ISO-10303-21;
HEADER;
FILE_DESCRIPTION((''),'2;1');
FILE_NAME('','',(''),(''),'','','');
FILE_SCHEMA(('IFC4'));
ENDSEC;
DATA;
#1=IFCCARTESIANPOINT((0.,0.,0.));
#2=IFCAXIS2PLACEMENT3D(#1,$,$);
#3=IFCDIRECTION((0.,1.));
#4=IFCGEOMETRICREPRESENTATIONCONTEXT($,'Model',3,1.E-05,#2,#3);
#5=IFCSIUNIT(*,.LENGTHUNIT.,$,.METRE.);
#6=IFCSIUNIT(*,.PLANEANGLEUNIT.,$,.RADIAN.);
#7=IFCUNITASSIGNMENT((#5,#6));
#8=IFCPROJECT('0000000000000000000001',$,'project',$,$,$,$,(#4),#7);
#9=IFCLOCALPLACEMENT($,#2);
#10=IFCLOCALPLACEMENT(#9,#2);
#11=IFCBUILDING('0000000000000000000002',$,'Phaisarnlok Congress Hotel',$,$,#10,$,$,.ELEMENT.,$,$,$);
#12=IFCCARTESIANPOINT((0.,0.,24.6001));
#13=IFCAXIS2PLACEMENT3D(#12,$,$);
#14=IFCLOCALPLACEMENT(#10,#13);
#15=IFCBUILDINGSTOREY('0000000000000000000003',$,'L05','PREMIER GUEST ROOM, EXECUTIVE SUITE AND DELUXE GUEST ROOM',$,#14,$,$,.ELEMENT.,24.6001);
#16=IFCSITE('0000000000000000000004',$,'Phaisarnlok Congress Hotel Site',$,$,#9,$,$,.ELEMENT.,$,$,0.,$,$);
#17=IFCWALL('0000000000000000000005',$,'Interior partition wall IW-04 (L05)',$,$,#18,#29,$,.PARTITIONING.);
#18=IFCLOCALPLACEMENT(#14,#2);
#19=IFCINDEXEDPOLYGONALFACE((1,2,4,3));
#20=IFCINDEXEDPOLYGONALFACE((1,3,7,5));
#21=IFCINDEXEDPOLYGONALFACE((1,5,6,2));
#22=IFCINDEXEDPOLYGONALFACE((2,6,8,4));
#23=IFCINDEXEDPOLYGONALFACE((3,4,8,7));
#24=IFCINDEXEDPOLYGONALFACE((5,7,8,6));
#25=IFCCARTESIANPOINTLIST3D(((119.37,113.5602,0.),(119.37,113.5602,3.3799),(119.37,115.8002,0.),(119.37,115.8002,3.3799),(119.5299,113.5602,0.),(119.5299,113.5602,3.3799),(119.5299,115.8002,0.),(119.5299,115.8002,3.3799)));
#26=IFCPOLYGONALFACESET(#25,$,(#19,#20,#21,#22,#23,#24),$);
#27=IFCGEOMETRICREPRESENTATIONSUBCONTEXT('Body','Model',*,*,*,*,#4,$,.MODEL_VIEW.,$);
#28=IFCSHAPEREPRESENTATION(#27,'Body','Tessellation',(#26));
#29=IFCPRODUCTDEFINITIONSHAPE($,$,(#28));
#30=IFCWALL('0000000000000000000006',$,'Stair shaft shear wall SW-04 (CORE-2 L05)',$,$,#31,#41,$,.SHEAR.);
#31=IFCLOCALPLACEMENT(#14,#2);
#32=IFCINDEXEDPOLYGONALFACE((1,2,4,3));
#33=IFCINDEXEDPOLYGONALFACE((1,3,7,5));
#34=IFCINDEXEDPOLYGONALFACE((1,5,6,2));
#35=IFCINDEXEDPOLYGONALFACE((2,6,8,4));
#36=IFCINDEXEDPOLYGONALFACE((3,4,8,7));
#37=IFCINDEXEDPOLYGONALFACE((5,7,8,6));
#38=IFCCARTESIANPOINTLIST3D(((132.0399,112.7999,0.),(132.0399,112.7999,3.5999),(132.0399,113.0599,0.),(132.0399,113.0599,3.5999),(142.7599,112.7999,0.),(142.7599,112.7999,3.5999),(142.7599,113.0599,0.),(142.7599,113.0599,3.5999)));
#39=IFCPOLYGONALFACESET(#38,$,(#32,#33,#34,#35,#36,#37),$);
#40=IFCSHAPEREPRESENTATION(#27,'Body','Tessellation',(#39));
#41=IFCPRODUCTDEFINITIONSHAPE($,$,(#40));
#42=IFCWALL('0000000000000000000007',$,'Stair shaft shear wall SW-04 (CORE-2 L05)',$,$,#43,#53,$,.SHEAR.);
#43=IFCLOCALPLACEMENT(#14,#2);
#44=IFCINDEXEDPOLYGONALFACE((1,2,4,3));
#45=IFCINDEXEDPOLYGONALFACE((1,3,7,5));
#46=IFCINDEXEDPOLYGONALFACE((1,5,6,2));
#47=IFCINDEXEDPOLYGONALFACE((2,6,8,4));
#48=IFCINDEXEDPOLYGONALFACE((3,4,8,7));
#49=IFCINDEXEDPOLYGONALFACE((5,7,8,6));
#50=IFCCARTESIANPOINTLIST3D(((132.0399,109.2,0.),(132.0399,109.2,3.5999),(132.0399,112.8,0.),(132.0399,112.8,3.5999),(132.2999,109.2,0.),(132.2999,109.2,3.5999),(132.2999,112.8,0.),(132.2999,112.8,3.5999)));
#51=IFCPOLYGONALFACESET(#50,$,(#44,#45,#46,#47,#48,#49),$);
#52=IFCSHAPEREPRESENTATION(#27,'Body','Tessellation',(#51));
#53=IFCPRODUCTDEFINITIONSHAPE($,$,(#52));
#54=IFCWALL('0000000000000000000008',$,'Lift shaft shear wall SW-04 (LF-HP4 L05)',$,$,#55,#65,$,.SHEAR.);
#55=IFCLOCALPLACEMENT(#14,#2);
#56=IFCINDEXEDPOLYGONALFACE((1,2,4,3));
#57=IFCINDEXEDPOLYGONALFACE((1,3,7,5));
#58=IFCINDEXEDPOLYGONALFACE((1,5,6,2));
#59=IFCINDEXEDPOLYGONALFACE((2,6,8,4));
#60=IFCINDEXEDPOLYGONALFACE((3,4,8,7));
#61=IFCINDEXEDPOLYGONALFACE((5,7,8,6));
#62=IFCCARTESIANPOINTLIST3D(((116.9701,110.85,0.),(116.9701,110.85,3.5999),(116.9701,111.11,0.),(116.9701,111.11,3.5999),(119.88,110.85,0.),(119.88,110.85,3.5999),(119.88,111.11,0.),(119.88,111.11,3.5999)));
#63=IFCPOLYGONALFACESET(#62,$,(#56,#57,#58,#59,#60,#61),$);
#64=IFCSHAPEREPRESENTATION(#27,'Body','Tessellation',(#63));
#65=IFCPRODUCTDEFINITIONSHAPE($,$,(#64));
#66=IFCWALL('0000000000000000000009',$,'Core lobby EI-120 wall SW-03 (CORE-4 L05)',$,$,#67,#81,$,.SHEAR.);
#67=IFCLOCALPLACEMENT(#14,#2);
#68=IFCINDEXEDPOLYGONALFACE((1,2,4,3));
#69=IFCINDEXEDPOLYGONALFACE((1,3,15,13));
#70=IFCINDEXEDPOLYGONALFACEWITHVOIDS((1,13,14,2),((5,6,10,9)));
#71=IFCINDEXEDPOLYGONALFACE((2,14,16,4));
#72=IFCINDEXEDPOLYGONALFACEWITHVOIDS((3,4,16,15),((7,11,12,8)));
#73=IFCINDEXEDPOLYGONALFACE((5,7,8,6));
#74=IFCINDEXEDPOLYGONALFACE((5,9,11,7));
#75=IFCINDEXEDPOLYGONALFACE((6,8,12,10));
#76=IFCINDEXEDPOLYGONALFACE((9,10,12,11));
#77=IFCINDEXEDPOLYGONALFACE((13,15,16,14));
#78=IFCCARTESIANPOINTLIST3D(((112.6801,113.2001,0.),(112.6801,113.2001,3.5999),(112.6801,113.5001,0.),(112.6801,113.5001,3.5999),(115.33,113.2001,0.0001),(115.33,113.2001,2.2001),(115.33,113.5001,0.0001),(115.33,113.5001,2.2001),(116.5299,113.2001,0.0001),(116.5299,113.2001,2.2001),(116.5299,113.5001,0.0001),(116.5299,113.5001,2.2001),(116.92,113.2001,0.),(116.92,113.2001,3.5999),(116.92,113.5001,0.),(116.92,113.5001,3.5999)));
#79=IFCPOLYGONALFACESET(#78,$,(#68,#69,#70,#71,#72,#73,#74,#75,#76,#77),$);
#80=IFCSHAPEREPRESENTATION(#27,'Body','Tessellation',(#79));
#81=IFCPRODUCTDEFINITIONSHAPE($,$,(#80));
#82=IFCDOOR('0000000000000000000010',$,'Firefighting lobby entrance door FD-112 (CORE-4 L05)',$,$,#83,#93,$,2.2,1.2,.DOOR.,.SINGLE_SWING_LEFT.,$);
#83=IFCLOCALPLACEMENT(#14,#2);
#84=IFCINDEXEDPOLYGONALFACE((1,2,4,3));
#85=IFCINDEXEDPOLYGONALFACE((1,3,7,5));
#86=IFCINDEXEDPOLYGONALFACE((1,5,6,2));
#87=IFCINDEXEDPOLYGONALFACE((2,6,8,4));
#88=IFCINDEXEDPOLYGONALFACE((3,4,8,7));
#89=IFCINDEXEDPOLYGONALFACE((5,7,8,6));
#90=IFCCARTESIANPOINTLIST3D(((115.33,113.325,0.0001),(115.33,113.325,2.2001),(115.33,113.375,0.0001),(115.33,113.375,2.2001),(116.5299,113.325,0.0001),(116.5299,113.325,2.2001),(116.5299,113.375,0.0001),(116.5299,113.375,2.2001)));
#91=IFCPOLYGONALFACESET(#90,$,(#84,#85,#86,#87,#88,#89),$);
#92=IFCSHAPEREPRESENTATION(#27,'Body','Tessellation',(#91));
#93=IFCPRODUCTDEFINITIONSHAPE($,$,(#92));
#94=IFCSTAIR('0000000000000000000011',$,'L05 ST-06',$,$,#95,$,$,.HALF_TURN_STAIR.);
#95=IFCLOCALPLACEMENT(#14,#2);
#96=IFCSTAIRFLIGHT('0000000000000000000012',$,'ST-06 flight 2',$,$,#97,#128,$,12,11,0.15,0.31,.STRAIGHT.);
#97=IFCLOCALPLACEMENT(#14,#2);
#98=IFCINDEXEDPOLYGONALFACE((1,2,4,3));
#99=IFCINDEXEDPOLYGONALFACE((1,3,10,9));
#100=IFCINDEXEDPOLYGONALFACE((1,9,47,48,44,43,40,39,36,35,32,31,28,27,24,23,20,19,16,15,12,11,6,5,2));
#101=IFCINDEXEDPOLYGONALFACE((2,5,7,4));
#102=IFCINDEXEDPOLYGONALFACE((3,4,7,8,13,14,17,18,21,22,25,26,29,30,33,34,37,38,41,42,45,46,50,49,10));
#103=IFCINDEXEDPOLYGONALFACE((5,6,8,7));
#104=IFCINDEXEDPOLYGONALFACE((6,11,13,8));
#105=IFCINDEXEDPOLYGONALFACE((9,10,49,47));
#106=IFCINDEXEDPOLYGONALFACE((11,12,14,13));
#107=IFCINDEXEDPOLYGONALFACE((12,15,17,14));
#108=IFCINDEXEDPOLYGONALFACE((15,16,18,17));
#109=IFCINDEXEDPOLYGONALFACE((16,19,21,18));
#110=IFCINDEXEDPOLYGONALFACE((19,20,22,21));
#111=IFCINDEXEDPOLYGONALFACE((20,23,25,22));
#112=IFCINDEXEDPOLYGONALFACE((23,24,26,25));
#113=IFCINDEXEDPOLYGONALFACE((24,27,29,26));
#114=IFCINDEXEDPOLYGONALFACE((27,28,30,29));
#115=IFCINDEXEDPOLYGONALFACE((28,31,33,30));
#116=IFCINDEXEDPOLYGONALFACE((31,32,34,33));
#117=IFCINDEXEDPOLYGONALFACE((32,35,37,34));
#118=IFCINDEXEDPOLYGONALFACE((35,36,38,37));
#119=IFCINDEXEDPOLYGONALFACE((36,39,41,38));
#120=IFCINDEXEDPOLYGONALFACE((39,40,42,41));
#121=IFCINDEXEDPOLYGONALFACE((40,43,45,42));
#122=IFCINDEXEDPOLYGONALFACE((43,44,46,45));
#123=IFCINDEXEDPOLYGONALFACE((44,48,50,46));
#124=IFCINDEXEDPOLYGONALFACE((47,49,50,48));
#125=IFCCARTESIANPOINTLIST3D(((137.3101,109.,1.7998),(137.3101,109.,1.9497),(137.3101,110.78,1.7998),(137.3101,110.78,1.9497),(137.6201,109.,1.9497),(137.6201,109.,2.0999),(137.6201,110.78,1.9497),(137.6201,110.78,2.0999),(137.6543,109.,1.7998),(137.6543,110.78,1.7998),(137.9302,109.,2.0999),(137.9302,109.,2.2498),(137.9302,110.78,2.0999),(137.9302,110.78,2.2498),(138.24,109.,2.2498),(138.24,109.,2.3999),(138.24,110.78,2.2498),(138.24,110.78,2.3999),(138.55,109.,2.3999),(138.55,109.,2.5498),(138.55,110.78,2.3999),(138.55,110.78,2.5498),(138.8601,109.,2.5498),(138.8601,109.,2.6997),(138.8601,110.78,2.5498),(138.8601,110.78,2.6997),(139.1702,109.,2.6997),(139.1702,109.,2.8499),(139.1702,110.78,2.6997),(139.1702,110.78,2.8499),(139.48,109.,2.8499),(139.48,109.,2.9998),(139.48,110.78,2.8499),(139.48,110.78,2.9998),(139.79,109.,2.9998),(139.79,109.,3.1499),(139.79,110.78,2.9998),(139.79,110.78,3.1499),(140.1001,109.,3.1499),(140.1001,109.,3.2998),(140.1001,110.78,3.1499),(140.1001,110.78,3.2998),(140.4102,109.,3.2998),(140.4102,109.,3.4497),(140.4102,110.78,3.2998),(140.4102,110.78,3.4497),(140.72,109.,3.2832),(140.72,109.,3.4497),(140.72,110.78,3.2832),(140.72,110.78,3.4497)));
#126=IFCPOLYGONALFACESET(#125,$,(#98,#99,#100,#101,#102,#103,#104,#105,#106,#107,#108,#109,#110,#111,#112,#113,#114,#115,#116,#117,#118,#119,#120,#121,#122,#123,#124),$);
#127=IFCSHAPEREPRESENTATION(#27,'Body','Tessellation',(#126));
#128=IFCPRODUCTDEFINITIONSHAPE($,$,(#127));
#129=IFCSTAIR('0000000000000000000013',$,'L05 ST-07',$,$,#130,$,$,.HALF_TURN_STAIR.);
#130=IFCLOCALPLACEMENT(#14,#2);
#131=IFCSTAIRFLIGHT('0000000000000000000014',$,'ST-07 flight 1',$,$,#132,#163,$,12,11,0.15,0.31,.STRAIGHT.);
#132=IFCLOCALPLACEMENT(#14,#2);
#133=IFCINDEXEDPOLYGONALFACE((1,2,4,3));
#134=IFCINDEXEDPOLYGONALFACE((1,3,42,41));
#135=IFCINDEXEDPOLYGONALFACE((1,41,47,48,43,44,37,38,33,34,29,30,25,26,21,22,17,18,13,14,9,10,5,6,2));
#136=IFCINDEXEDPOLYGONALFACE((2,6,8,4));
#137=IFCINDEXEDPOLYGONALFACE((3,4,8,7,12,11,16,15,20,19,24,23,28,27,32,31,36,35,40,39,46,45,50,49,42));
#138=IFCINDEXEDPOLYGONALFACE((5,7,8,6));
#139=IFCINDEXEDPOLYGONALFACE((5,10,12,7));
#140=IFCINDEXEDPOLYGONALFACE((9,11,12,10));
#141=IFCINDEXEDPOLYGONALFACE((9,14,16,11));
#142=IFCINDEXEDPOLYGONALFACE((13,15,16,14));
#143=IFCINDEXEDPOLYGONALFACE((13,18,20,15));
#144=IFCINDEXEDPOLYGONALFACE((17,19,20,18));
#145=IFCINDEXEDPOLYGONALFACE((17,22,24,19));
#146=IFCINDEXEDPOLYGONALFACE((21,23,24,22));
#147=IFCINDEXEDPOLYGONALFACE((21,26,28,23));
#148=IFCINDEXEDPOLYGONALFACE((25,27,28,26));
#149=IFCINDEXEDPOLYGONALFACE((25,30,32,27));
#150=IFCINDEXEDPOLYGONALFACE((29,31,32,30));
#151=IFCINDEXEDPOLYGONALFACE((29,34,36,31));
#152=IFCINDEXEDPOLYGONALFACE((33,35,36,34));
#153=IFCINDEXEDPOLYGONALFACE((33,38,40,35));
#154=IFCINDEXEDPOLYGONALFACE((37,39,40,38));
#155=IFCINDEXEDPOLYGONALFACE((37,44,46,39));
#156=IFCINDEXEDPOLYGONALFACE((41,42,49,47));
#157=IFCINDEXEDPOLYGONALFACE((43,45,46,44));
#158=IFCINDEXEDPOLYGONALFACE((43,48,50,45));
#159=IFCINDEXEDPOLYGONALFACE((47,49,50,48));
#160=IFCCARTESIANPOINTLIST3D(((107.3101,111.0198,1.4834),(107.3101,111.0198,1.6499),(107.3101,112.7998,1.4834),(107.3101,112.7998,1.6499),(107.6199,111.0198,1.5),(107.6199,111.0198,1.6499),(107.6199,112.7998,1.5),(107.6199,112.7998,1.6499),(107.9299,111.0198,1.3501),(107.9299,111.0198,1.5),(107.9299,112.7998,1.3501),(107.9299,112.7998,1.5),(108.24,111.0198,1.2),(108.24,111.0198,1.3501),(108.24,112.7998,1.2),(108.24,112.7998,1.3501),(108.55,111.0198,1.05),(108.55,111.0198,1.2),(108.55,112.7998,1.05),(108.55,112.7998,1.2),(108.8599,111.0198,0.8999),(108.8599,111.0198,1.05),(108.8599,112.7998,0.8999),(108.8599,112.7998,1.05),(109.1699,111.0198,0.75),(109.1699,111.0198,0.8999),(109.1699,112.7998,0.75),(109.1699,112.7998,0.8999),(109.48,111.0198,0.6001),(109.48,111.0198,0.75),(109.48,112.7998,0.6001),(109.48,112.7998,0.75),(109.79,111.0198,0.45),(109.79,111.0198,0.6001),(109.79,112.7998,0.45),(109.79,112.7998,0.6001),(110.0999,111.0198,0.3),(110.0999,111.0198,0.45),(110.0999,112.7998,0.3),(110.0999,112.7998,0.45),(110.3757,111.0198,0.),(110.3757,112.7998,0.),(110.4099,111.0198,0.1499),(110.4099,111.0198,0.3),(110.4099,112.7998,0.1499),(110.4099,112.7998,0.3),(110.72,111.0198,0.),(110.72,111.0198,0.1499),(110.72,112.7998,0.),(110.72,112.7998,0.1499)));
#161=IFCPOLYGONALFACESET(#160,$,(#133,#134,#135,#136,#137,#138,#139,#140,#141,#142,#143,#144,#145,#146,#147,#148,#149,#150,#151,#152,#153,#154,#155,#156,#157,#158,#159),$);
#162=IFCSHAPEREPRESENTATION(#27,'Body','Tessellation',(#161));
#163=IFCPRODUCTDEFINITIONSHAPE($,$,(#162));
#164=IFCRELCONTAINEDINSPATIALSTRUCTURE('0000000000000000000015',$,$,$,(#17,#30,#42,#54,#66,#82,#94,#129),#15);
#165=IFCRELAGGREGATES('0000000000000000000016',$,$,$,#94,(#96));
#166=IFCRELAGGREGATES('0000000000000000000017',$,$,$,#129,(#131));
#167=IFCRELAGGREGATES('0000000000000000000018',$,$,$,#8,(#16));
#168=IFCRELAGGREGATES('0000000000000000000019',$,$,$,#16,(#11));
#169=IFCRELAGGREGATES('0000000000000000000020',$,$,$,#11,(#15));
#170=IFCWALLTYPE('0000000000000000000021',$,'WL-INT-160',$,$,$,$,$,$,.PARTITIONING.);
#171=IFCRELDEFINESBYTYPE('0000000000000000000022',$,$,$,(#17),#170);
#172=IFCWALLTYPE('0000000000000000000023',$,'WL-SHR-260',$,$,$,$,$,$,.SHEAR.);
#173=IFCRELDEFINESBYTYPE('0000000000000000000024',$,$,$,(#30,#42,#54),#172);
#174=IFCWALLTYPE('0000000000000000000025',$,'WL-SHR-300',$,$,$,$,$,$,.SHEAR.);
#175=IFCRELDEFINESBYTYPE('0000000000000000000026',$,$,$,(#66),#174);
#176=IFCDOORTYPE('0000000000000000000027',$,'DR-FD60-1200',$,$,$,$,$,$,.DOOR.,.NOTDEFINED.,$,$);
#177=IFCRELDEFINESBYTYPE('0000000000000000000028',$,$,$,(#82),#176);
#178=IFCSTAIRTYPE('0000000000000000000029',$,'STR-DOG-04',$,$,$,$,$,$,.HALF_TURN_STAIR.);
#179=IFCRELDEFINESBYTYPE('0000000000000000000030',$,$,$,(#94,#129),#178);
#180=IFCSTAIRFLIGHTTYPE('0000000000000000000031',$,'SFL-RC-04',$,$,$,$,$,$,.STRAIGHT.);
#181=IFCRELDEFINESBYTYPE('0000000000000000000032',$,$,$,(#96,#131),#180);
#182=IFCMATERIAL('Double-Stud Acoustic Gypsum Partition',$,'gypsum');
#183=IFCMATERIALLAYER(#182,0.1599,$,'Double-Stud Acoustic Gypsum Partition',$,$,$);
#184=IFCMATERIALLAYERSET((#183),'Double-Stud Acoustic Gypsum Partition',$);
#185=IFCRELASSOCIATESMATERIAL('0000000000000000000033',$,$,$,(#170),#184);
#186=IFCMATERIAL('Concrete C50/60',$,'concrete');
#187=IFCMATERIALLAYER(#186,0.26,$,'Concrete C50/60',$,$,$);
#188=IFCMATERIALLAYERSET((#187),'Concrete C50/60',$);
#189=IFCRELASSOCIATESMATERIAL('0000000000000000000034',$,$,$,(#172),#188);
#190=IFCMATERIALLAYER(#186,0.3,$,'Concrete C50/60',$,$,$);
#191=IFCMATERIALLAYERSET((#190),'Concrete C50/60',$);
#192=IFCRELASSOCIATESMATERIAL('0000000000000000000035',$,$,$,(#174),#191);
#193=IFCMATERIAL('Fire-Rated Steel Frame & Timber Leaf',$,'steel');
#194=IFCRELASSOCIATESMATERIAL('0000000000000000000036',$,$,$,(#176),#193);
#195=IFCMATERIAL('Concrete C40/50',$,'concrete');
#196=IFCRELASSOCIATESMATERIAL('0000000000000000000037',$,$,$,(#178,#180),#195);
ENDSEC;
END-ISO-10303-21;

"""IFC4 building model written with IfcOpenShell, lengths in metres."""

from ifc_helpers import new_model, si_unit, direction, frame, frame_2d, origin, place, context, subcontext, project, spatial, polyline, rectangle, outline, extrude, material, layer, layer_set, type_object, element, fill, aggregate, save


model = new_model("IFC4")

# Units and contexts
model_context = context("Model", 3, precision=1e-05, world=origin(), true_north=direction((0.0, 1.0)))
body_context = subcontext(model_context, "Body", "Model", "MODEL_VIEW")
ifc_project = project(units=[si_unit("LENGTHUNIT", "METRE"), si_unit("PLANEANGLEUNIT", "RADIAN")], contexts=[model_context])

# Site, building, storey
site_placement = place(None, origin())
site = spatial("IfcSite", under=ifc_project, at=site_placement, Name="Phaisarnlok Congress Hotel Site", CompositionType="ELEMENT", RefElevation=0.0)
building_placement = place(site_placement, origin())
building = spatial("IfcBuilding", under=site, at=building_placement, Name="Phaisarnlok Congress Hotel", CompositionType="ELEMENT")
storey_placement = place(building_placement, frame((0.0, 0.0, 24.6001)))
storey = spatial("IfcBuildingStorey", under=building, at=storey_placement, Name="L05", Description="PREMIER GUEST ROOM, EXECUTIVE SUITE AND DELUXE GUEST ROOM", CompositionType="ELEMENT", Elevation=24.6001)

# Shared definitions
ifc_material_1 = material(Name="Concrete C50/60", Category="concrete")

# Shared definitions
ifc_material_2 = material(Name="Concrete C40/50", Category="concrete")

# Walls
ifc_material_3 = material(Name="Double-Stud Acoustic Gypsum Partition", Category="gypsum")
ifc_layer_1 = layer(ifc_material_3, 0.1599, Name="Double-Stud Acoustic Gypsum Partition")
ifc_layer_set_1 = layer_set([ifc_layer_1], Name="Double-Stud Acoustic Gypsum Partition")
wall_type_1 = type_object("IfcWallType", Name="WL-INT-160", PredefinedType="PARTITIONING", material=ifc_layer_set_1)
wall_1_placement = place(storey_placement, frame((119.45, 113.5601, 0.0), z_axis=(0.0, 0.0, 1.0), x_axis=(0.0, 1.0, 0.0)))
element("IfcWall", 1, at=wall_1_placement, inside=storey, type_object=wall_type_1, Name="Interior partition wall IW-04 (L05)", PredefinedType="PARTITIONING", context=body_context, shape_type="SweptSolid", body=[
    extrude(rectangle(XDim=2.24, YDim=0.1599, at=frame_2d((1.1201, 0.0))), origin(), (0.0, 0.0, 1.0), 3.3799),
])
ifc_layer_2 = layer(ifc_material_1, 0.26, Name="Concrete C50/60")
ifc_layer_set_2 = layer_set([ifc_layer_2], Name="Concrete C50/60")
wall_type_2 = type_object("IfcWallType", Name="WL-SHR-260", PredefinedType="SHEAR", material=ifc_layer_set_2)
wall_2_placement = place(storey_placement, frame((132.04, 112.9299, 0.0), z_axis=(0.0, 0.0, 1.0), x_axis=(1.0, 0.0, 0.0)))
element("IfcWall", 2, at=wall_2_placement, inside=storey, type_object=wall_type_2, Name="Stair shaft shear wall SW-04 (CORE-2 L05)", PredefinedType="SHEAR", context=body_context, shape_type="SweptSolid", body=[
    extrude(rectangle(XDim=10.72, YDim=0.26, at=frame_2d((5.3599, 0.0))), origin(), (0.0, 0.0, 1.0), 3.5999),
])
wall_3_placement = place(storey_placement, frame((132.1699, 109.2, 0.0), z_axis=(0.0, 0.0, 1.0), x_axis=(0.0, 1.0, 0.0)))
element("IfcWall", 3, at=wall_3_placement, inside=storey, type_object=wall_type_2, Name="Stair shaft shear wall SW-04 (CORE-2 L05)", PredefinedType="SHEAR", context=body_context, shape_type="SweptSolid", body=[
    extrude(rectangle(XDim=3.6001, YDim=0.26, at=frame_2d((1.8, 0.0))), origin(), (0.0, 0.0, 1.0), 3.5999),
])

# Shared definitions
ifc_material_4 = material(Name="Fire-Rated Steel Frame & Timber Leaf", Category="steel")

# Wall
wall_4_placement = place(storey_placement, frame((116.97, 110.98, 0.0), z_axis=(0.0, 0.0, 1.0), x_axis=(1.0, 0.0, 0.0)))
element("IfcWall", 4, at=wall_4_placement, inside=storey, type_object=wall_type_2, Name="Lift shaft shear wall SW-04 (LF-HP4 L05)", PredefinedType="SHEAR", context=body_context, shape_type="SweptSolid", body=[
    extrude(rectangle(XDim=2.9099, YDim=0.26, at=frame_2d((1.4551, 0.0))), origin(), (0.0, 0.0, 1.0), 3.5999),
])

# Wall, opening, door
ifc_layer_3 = layer(ifc_material_1, 0.3, Name="Concrete C50/60")
ifc_layer_set_3 = layer_set([ifc_layer_3], Name="Concrete C50/60")
wall_type_3 = type_object("IfcWallType", Name="WL-SHR-300", PredefinedType="SHEAR", material=ifc_layer_set_3)
wall_5_placement = place(storey_placement, frame((112.6799, 113.3501, 0.0), z_axis=(0.0, 0.0, 1.0), x_axis=(1.0, 0.0, 0.0)))
wall_5 = element("IfcWall", 5, at=wall_5_placement, inside=storey, type_object=wall_type_3, Name="Core lobby EI-120 wall SW-03 (CORE-4 L05)", PredefinedType="SHEAR", context=body_context, shape_type="SweptSolid", body=[
    extrude(rectangle(XDim=4.24, YDim=0.3, at=frame_2d((2.1201, 0.0))), origin(), (0.0, 0.0, 1.0), 3.5999),
])
opening_1_placement = place(wall_5_placement, frame((2.6499, 0.0, 0.0)))
opening_1 = element("IfcOpeningElement", 6, at=opening_1_placement, cuts=wall_5, PredefinedType="OPENING", context=body_context, shape_type="SweptSolid", body=[
    extrude(rectangle(XDim=1.2, YDim=2.2, at=frame_2d((0.6001, 1.1001))), frame((0.0, 0.1602, 0.0), z_axis=(0.0, -1.0, 0.0), x_axis=(1.0, 0.0, 0.0)), (0.0, 0.0, 1.0), 0.3201),
])
door_type_1 = type_object("IfcDoorType", Name="DR-FD60-1200", OperationType="NOTDEFINED", PredefinedType="DOOR", material=ifc_material_4)
door_1_placement = place(opening_1_placement, origin())
door_1 = element("IfcDoor", 7, at=door_1_placement, inside=storey, type_object=door_type_1, Name="Firefighting lobby entrance door FD-112 (CORE-4 L05)", OperationType="SINGLE_SWING_LEFT", OverallHeight=2.2, OverallWidth=1.2, PredefinedType="DOOR", context=body_context, shape_type="SweptSolid", body=[
    extrude(rectangle(XDim=1.2, YDim=2.2, at=frame_2d((0.6001, 1.1001))), frame((0.0, 0.0249, 0.0), z_axis=(0.0, -1.0, 0.0), x_axis=(1.0, 0.0, 0.0)), (0.0, 0.0, 1.0), 0.05),
])
fill(opening_1, door_1)

# Stairs, stair flights
stair_type = type_object("IfcStairType", Name="STR-DOG-04", PredefinedType="HALF_TURN_STAIR", material=ifc_material_2)
stair_1_placement = place(storey_placement, origin())
stair_1 = element("IfcStair", 8, at=stair_1_placement, inside=storey, type_object=stair_type, Name="L05 ST-06", PredefinedType="HALF_TURN_STAIR")
stair_flight_type = type_object("IfcStairFlightType", Name="SFL-RC-04", PredefinedType="STRAIGHT", material=ifc_material_2)
stair_flight_1_placement = place(storey_placement, frame((137.3101, 109.8899, 1.7998), z_axis=(0.0, 0.0, 1.0), x_axis=(1.0, 0.0, 0.0)))
stair_flight_1 = element("IfcStairFlight", 9, at=stair_flight_1_placement, type_object=stair_flight_type, Name="ST-06 flight 2", NumberOfRisers=12, NumberOfTreads=11, PredefinedType="STRAIGHT", RiserHeight=0.15, TreadLength=0.31, context=body_context, shape_type="SweptSolid", body=[
    extrude(outline(polyline([(0.0, 0.0), (0.0, 0.1499), (0.3101, 0.1499), (0.3101, 0.3), (0.6201, 0.3), (0.6201, 0.45), (0.9299, 0.45), (0.9299, 0.6001), (1.24, 0.6001), (1.24, 0.75), (1.55, 0.75), (1.55, 0.8999), (1.8601, 0.8999), (1.8601, 1.05), (2.1699, 1.05), (2.1699, 1.2), (2.48, 1.2), (2.48, 1.3501), (2.79, 1.3501), (2.79, 1.5), (3.1001, 1.5), (3.1001, 1.6499), (3.4099, 1.6499), (3.4099, 1.8), (3.4099, 1.4834), (0.3442, 0.0), (0.0, 0.0)])), frame((0.0, 0.8901, 0.0), z_axis=(0.0, -1.0, 0.0), x_axis=(1.0, 0.0, 0.0)), (0.0, 0.0, 1.0), 1.78),
])
aggregate(stair_1, [stair_flight_1])
stair_2_placement = place(storey_placement, origin())
stair_2 = element("IfcStair", 10, at=stair_2_placement, inside=storey, type_object=stair_type, Name="L05 ST-07", PredefinedType="HALF_TURN_STAIR")
stair_flight_2_placement = place(storey_placement, frame((110.72, 111.9099, 0.0), z_axis=(0.0, 0.0, 1.0), x_axis=(-1.0, 0.0, 0.0)))
stair_flight_2 = element("IfcStairFlight", 11, at=stair_flight_2_placement, type_object=stair_flight_type, Name="ST-07 flight 1", NumberOfRisers=12, NumberOfTreads=11, PredefinedType="STRAIGHT", RiserHeight=0.15, TreadLength=0.31, context=body_context, shape_type="SweptSolid", body=[
    extrude(outline(polyline([(0.0, 0.0), (0.0, 0.1499), (0.3101, 0.1499), (0.3101, 0.3), (0.6201, 0.3), (0.6201, 0.45), (0.9299, 0.45), (0.9299, 0.6001), (1.24, 0.6001), (1.24, 0.75), (1.55, 0.75), (1.55, 0.8999), (1.8601, 0.8999), (1.8601, 1.05), (2.1699, 1.05), (2.1699, 1.2), (2.48, 1.2), (2.48, 1.3501), (2.79, 1.3501), (2.79, 1.5), (3.1001, 1.5), (3.1001, 1.6499), (3.4099, 1.6499), (3.4099, 1.8), (3.4099, 1.4834), (0.3442, 0.0), (0.0, 0.0)])), frame((0.0, 0.8901, 0.0), z_axis=(0.0, -1.0, 0.0), x_axis=(1.0, 0.0, 0.0)), (0.0, 0.0, 1.0), 1.78),
])
aggregate(stair_2, [stair_flight_2])

save(model, "model.ifc")
